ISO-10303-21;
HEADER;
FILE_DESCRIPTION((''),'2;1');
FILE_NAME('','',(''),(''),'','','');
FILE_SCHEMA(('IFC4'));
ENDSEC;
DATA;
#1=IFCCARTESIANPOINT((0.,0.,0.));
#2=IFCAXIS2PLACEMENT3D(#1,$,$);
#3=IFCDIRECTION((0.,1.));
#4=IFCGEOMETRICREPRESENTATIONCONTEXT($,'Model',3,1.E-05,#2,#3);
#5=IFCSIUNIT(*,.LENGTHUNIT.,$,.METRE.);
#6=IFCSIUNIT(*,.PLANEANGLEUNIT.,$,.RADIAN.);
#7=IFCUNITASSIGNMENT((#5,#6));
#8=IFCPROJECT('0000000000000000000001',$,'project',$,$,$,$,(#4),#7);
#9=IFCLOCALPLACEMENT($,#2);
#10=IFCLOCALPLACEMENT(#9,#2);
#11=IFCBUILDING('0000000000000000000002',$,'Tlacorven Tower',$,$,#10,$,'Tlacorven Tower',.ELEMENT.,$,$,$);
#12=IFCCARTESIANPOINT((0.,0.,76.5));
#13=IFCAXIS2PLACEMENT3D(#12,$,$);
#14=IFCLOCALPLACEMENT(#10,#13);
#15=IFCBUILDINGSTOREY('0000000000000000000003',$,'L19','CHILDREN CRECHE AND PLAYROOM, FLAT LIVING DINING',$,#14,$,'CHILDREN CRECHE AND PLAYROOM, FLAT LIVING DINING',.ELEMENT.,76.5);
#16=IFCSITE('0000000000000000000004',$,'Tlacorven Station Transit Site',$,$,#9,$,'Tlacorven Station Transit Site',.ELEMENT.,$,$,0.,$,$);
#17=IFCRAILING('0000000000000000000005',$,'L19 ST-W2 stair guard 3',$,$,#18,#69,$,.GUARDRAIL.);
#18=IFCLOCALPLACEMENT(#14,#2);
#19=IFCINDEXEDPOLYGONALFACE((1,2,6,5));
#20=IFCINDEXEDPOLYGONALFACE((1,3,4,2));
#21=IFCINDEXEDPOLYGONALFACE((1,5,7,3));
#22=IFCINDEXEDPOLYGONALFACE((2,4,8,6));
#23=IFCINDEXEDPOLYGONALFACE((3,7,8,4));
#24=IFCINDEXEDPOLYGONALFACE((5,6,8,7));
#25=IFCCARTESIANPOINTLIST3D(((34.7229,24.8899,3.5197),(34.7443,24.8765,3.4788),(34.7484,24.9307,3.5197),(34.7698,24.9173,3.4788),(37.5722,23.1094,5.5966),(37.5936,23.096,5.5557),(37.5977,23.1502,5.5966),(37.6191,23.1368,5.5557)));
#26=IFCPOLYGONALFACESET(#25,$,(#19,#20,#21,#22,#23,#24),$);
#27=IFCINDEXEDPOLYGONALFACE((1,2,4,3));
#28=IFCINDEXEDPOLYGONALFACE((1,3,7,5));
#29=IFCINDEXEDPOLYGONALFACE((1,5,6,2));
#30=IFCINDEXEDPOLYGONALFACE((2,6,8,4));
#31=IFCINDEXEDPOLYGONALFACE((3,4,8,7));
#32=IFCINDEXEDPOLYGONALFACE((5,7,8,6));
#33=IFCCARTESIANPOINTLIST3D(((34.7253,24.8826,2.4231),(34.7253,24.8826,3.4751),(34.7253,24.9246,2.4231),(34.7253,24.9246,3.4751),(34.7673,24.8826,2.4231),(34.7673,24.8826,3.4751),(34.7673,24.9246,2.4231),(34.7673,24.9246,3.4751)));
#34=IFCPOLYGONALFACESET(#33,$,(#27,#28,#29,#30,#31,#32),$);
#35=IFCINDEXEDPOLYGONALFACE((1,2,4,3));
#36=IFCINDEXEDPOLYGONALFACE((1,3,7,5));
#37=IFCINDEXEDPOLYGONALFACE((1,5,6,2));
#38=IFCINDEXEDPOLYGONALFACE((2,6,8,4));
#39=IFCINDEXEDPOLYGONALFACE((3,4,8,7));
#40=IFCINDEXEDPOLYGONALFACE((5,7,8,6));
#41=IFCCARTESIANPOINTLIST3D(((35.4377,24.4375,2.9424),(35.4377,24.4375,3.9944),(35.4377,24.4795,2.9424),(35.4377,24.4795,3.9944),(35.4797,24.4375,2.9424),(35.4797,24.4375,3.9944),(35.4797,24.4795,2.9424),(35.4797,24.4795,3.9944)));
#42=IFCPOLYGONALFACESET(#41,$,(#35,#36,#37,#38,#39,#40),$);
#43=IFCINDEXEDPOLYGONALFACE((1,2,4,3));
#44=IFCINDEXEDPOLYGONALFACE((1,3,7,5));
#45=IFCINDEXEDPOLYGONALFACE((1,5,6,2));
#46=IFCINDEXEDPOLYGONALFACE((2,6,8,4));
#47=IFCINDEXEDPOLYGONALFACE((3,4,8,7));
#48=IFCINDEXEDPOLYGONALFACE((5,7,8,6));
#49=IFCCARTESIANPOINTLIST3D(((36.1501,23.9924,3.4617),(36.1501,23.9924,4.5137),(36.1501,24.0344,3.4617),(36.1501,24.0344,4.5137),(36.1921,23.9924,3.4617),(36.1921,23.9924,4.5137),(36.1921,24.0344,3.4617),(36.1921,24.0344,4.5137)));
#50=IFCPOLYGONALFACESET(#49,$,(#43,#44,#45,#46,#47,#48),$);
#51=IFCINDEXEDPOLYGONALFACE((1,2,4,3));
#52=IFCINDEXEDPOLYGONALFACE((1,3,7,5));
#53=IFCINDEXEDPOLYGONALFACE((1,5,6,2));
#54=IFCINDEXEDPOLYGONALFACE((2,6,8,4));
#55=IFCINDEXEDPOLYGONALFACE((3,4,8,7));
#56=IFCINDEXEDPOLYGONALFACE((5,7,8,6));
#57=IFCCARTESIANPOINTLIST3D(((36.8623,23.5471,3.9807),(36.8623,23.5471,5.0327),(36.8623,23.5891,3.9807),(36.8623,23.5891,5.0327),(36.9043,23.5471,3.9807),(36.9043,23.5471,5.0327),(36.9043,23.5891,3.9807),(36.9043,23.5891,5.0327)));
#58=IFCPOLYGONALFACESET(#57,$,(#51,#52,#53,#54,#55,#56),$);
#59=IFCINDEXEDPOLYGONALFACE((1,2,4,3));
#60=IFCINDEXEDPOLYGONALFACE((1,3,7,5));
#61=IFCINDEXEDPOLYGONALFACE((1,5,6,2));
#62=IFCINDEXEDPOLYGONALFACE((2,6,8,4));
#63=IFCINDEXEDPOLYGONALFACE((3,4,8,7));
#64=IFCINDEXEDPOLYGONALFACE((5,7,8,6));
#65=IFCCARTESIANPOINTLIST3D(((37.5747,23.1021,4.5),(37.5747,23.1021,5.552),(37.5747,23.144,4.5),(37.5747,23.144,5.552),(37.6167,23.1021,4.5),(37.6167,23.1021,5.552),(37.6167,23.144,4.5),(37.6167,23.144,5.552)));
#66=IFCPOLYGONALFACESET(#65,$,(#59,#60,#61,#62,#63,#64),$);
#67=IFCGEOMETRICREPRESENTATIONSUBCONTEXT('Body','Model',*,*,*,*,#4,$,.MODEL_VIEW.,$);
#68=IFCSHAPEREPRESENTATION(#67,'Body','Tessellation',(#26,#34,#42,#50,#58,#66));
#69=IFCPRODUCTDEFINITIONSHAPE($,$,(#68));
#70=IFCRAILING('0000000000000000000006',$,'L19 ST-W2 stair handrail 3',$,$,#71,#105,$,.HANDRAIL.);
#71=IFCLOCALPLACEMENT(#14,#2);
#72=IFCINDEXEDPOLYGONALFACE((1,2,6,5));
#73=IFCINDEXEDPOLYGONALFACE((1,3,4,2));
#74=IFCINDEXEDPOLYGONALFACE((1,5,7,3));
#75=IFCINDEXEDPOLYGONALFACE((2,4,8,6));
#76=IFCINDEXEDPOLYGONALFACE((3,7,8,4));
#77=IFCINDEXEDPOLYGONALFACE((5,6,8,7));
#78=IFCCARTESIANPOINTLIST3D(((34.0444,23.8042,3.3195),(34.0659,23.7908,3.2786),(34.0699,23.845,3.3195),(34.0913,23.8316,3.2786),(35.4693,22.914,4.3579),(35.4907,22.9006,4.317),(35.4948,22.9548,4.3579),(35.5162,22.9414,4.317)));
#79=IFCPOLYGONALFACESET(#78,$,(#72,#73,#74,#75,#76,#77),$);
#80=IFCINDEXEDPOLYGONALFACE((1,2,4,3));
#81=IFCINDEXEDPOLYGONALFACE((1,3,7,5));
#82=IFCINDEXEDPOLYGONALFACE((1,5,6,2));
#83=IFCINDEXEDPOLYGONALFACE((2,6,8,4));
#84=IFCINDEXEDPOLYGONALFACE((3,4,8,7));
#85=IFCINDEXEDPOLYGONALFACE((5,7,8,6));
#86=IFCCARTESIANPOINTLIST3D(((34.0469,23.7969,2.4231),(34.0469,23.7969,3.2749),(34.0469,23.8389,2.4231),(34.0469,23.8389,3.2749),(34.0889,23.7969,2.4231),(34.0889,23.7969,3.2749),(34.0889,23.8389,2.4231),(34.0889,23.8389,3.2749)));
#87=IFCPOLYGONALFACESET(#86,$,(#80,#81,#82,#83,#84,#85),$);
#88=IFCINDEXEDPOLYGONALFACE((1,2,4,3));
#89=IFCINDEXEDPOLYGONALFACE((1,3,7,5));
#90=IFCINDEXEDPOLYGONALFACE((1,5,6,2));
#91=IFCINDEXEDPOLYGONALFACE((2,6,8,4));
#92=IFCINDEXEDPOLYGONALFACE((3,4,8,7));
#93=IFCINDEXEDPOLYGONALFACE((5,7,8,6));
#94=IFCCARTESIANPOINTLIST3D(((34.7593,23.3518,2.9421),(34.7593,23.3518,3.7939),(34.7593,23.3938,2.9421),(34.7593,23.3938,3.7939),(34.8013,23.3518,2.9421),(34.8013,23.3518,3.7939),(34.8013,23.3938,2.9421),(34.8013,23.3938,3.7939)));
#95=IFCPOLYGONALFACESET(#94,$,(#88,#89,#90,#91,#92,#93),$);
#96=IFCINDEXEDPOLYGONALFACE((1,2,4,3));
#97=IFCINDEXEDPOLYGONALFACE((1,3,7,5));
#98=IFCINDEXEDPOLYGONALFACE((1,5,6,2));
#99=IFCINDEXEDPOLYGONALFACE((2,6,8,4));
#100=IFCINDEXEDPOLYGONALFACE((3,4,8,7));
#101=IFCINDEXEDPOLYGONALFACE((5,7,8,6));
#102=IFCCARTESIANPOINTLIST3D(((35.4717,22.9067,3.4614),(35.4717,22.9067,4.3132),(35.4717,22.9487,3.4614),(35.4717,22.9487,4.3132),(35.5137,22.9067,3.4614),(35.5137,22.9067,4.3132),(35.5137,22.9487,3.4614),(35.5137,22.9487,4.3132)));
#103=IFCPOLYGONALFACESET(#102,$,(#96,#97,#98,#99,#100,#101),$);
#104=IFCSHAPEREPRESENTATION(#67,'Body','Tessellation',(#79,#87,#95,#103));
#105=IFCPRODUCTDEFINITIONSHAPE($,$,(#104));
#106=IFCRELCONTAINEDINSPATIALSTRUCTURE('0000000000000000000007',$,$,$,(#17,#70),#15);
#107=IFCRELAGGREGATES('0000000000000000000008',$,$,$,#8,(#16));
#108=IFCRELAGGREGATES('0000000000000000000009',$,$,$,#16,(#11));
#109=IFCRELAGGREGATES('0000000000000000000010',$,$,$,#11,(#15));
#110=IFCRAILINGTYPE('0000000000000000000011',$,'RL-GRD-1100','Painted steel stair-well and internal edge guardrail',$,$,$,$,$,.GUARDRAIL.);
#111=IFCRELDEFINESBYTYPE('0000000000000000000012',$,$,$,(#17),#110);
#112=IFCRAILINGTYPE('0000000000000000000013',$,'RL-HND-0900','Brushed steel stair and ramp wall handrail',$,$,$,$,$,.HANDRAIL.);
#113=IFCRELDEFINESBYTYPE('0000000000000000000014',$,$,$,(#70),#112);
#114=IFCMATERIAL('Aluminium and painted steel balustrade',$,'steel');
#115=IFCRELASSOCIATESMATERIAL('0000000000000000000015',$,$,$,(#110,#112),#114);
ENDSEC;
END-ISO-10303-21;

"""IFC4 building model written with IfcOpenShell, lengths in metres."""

from ifc_helpers import new_model, si_unit, direction, frame, origin, origin_2d, place, context, subcontext, project, spatial, rectangle, extrude, source, transform, mapped, material, type_object, element, save


model = new_model("IFC4")

# Units and contexts
model_context = context("Model", 3, precision=1e-05, world=origin(), true_north=direction((0.0, 1.0)))
body_context = subcontext(model_context, "Body", "Model", "MODEL_VIEW")
ifc_project = project(units=[si_unit("LENGTHUNIT", "METRE"), si_unit("PLANEANGLEUNIT", "RADIAN")], contexts=[model_context])

# Site, building, storey
site_placement = place(None, origin())
site = spatial("IfcSite", under=ifc_project, at=site_placement, Name="Tlacorven Station Transit Site", LongName="Tlacorven Station Transit Site", CompositionType="ELEMENT", RefElevation=0.0)
building_placement = place(site_placement, origin())
building = spatial("IfcBuilding", under=site, at=building_placement, Name="Tlacorven Tower", LongName="Tlacorven Tower", CompositionType="ELEMENT")
storey_placement = place(building_placement, frame((0.0, 0.0, 76.5)))
storey = spatial("IfcBuildingStorey", under=building, at=storey_placement, Name="L19", Description="CHILDREN CRECHE AND PLAYROOM, FLAT LIVING DINING", LongName="CHILDREN CRECHE AND PLAYROOM, FLAT LIVING DINING", CompositionType="ELEMENT", Elevation=76.5)

# Railings
ifc_material_1 = material(Name="Aluminium and painted steel balustrade", Category="steel")
railing_type_1 = type_object("IfcRailingType", Name="RL-GRD-1100", Description="Painted steel stair-well and internal edge guardrail", PredefinedType="GUARDRAIL", material=ifc_material_1)
shared_shape_1 = source(origin(), body_context, "Body", "SweptSolid", [
    extrude(rectangle(XDim=0.0481, YDim=0.0481, at=origin_2d()), frame((0.0, 0.0, 1.0762), z_axis=(0.721355, -0.450762, 0.525796), x_axis=(0.529927, 0.848043, 0.0)), (0.0, 0.0, 1.0), 3.95),
    extrude(rectangle(XDim=0.042, YDim=0.042, at=origin_2d()), origin(), (0.0, 0.0, 1.0), 1.052),
    extrude(rectangle(XDim=0.042, YDim=0.042, at=origin_2d()), frame((0.7124, -0.4451, 0.5193)), (0.0, 0.0, 1.0), 1.052),
    extrude(rectangle(XDim=0.042, YDim=0.042, at=origin_2d()), frame((1.4248, -0.8901, 1.0386)), (0.0, 0.0, 1.0), 1.052),
    extrude(rectangle(XDim=0.042, YDim=0.042, at=origin_2d()), frame((2.137, -1.3354, 1.5576)), (0.0, 0.0, 1.0), 1.052),
    extrude(rectangle(XDim=0.042, YDim=0.042, at=origin_2d()), frame((2.8494, -1.7805, 2.0769)), (0.0, 0.0, 1.0), 1.052),
])
railing_1_placement = place(storey_placement, frame((34.7463, 24.9036, 2.4231)))
element("IfcRailing", 1, at=railing_1_placement, inside=storey, type_object=railing_type_1, Name="L19 ST-W2 stair guard 3", PredefinedType="GUARDRAIL", context=body_context, shape_type="MappedRepresentation", body=[
    mapped(shared_shape_1, transform((0.0, 0.0, 0.0), scale=1.0)),
])
railing_type_2 = type_object("IfcRailingType", Name="RL-HND-0900", Description="Brushed steel stair and ramp wall handrail", PredefinedType="HANDRAIL", material=ifc_material_1)
shared_shape_2 = source(origin(), body_context, "Body", "SweptSolid", [
    extrude(rectangle(XDim=0.0481, YDim=0.0481, at=origin_2d()), frame((0.0, 0.0, 0.876), z_axis=(0.721428, -0.450707, 0.525742), x_axis=(0.529842, 0.848096, 0.0)), (0.0, 0.0, 1.0), 1.9751),
    extrude(rectangle(XDim=0.042, YDim=0.042, at=origin_2d()), origin(), (0.0, 0.0, 1.0), 0.8518),
    extrude(rectangle(XDim=0.042, YDim=0.042, at=origin_2d()), frame((0.7124, -0.4451, 0.519)), (0.0, 0.0, 1.0), 0.8518),
    extrude(rectangle(XDim=0.042, YDim=0.042, at=origin_2d()), frame((1.4248, -0.8901, 1.0383)), (0.0, 0.0, 1.0), 0.8518),
])
railing_2_placement = place(storey_placement, frame((34.0679, 23.8179, 2.4231)))
element("IfcRailing", 2, at=railing_2_placement, inside=storey, type_object=railing_type_2, Name="L19 ST-W2 stair handrail 3", PredefinedType="HANDRAIL", context=body_context, shape_type="MappedRepresentation", body=[
    mapped(shared_shape_2, transform((0.0, 0.0, 0.0), scale=1.0)),
])

save(model, "model.ifc")
